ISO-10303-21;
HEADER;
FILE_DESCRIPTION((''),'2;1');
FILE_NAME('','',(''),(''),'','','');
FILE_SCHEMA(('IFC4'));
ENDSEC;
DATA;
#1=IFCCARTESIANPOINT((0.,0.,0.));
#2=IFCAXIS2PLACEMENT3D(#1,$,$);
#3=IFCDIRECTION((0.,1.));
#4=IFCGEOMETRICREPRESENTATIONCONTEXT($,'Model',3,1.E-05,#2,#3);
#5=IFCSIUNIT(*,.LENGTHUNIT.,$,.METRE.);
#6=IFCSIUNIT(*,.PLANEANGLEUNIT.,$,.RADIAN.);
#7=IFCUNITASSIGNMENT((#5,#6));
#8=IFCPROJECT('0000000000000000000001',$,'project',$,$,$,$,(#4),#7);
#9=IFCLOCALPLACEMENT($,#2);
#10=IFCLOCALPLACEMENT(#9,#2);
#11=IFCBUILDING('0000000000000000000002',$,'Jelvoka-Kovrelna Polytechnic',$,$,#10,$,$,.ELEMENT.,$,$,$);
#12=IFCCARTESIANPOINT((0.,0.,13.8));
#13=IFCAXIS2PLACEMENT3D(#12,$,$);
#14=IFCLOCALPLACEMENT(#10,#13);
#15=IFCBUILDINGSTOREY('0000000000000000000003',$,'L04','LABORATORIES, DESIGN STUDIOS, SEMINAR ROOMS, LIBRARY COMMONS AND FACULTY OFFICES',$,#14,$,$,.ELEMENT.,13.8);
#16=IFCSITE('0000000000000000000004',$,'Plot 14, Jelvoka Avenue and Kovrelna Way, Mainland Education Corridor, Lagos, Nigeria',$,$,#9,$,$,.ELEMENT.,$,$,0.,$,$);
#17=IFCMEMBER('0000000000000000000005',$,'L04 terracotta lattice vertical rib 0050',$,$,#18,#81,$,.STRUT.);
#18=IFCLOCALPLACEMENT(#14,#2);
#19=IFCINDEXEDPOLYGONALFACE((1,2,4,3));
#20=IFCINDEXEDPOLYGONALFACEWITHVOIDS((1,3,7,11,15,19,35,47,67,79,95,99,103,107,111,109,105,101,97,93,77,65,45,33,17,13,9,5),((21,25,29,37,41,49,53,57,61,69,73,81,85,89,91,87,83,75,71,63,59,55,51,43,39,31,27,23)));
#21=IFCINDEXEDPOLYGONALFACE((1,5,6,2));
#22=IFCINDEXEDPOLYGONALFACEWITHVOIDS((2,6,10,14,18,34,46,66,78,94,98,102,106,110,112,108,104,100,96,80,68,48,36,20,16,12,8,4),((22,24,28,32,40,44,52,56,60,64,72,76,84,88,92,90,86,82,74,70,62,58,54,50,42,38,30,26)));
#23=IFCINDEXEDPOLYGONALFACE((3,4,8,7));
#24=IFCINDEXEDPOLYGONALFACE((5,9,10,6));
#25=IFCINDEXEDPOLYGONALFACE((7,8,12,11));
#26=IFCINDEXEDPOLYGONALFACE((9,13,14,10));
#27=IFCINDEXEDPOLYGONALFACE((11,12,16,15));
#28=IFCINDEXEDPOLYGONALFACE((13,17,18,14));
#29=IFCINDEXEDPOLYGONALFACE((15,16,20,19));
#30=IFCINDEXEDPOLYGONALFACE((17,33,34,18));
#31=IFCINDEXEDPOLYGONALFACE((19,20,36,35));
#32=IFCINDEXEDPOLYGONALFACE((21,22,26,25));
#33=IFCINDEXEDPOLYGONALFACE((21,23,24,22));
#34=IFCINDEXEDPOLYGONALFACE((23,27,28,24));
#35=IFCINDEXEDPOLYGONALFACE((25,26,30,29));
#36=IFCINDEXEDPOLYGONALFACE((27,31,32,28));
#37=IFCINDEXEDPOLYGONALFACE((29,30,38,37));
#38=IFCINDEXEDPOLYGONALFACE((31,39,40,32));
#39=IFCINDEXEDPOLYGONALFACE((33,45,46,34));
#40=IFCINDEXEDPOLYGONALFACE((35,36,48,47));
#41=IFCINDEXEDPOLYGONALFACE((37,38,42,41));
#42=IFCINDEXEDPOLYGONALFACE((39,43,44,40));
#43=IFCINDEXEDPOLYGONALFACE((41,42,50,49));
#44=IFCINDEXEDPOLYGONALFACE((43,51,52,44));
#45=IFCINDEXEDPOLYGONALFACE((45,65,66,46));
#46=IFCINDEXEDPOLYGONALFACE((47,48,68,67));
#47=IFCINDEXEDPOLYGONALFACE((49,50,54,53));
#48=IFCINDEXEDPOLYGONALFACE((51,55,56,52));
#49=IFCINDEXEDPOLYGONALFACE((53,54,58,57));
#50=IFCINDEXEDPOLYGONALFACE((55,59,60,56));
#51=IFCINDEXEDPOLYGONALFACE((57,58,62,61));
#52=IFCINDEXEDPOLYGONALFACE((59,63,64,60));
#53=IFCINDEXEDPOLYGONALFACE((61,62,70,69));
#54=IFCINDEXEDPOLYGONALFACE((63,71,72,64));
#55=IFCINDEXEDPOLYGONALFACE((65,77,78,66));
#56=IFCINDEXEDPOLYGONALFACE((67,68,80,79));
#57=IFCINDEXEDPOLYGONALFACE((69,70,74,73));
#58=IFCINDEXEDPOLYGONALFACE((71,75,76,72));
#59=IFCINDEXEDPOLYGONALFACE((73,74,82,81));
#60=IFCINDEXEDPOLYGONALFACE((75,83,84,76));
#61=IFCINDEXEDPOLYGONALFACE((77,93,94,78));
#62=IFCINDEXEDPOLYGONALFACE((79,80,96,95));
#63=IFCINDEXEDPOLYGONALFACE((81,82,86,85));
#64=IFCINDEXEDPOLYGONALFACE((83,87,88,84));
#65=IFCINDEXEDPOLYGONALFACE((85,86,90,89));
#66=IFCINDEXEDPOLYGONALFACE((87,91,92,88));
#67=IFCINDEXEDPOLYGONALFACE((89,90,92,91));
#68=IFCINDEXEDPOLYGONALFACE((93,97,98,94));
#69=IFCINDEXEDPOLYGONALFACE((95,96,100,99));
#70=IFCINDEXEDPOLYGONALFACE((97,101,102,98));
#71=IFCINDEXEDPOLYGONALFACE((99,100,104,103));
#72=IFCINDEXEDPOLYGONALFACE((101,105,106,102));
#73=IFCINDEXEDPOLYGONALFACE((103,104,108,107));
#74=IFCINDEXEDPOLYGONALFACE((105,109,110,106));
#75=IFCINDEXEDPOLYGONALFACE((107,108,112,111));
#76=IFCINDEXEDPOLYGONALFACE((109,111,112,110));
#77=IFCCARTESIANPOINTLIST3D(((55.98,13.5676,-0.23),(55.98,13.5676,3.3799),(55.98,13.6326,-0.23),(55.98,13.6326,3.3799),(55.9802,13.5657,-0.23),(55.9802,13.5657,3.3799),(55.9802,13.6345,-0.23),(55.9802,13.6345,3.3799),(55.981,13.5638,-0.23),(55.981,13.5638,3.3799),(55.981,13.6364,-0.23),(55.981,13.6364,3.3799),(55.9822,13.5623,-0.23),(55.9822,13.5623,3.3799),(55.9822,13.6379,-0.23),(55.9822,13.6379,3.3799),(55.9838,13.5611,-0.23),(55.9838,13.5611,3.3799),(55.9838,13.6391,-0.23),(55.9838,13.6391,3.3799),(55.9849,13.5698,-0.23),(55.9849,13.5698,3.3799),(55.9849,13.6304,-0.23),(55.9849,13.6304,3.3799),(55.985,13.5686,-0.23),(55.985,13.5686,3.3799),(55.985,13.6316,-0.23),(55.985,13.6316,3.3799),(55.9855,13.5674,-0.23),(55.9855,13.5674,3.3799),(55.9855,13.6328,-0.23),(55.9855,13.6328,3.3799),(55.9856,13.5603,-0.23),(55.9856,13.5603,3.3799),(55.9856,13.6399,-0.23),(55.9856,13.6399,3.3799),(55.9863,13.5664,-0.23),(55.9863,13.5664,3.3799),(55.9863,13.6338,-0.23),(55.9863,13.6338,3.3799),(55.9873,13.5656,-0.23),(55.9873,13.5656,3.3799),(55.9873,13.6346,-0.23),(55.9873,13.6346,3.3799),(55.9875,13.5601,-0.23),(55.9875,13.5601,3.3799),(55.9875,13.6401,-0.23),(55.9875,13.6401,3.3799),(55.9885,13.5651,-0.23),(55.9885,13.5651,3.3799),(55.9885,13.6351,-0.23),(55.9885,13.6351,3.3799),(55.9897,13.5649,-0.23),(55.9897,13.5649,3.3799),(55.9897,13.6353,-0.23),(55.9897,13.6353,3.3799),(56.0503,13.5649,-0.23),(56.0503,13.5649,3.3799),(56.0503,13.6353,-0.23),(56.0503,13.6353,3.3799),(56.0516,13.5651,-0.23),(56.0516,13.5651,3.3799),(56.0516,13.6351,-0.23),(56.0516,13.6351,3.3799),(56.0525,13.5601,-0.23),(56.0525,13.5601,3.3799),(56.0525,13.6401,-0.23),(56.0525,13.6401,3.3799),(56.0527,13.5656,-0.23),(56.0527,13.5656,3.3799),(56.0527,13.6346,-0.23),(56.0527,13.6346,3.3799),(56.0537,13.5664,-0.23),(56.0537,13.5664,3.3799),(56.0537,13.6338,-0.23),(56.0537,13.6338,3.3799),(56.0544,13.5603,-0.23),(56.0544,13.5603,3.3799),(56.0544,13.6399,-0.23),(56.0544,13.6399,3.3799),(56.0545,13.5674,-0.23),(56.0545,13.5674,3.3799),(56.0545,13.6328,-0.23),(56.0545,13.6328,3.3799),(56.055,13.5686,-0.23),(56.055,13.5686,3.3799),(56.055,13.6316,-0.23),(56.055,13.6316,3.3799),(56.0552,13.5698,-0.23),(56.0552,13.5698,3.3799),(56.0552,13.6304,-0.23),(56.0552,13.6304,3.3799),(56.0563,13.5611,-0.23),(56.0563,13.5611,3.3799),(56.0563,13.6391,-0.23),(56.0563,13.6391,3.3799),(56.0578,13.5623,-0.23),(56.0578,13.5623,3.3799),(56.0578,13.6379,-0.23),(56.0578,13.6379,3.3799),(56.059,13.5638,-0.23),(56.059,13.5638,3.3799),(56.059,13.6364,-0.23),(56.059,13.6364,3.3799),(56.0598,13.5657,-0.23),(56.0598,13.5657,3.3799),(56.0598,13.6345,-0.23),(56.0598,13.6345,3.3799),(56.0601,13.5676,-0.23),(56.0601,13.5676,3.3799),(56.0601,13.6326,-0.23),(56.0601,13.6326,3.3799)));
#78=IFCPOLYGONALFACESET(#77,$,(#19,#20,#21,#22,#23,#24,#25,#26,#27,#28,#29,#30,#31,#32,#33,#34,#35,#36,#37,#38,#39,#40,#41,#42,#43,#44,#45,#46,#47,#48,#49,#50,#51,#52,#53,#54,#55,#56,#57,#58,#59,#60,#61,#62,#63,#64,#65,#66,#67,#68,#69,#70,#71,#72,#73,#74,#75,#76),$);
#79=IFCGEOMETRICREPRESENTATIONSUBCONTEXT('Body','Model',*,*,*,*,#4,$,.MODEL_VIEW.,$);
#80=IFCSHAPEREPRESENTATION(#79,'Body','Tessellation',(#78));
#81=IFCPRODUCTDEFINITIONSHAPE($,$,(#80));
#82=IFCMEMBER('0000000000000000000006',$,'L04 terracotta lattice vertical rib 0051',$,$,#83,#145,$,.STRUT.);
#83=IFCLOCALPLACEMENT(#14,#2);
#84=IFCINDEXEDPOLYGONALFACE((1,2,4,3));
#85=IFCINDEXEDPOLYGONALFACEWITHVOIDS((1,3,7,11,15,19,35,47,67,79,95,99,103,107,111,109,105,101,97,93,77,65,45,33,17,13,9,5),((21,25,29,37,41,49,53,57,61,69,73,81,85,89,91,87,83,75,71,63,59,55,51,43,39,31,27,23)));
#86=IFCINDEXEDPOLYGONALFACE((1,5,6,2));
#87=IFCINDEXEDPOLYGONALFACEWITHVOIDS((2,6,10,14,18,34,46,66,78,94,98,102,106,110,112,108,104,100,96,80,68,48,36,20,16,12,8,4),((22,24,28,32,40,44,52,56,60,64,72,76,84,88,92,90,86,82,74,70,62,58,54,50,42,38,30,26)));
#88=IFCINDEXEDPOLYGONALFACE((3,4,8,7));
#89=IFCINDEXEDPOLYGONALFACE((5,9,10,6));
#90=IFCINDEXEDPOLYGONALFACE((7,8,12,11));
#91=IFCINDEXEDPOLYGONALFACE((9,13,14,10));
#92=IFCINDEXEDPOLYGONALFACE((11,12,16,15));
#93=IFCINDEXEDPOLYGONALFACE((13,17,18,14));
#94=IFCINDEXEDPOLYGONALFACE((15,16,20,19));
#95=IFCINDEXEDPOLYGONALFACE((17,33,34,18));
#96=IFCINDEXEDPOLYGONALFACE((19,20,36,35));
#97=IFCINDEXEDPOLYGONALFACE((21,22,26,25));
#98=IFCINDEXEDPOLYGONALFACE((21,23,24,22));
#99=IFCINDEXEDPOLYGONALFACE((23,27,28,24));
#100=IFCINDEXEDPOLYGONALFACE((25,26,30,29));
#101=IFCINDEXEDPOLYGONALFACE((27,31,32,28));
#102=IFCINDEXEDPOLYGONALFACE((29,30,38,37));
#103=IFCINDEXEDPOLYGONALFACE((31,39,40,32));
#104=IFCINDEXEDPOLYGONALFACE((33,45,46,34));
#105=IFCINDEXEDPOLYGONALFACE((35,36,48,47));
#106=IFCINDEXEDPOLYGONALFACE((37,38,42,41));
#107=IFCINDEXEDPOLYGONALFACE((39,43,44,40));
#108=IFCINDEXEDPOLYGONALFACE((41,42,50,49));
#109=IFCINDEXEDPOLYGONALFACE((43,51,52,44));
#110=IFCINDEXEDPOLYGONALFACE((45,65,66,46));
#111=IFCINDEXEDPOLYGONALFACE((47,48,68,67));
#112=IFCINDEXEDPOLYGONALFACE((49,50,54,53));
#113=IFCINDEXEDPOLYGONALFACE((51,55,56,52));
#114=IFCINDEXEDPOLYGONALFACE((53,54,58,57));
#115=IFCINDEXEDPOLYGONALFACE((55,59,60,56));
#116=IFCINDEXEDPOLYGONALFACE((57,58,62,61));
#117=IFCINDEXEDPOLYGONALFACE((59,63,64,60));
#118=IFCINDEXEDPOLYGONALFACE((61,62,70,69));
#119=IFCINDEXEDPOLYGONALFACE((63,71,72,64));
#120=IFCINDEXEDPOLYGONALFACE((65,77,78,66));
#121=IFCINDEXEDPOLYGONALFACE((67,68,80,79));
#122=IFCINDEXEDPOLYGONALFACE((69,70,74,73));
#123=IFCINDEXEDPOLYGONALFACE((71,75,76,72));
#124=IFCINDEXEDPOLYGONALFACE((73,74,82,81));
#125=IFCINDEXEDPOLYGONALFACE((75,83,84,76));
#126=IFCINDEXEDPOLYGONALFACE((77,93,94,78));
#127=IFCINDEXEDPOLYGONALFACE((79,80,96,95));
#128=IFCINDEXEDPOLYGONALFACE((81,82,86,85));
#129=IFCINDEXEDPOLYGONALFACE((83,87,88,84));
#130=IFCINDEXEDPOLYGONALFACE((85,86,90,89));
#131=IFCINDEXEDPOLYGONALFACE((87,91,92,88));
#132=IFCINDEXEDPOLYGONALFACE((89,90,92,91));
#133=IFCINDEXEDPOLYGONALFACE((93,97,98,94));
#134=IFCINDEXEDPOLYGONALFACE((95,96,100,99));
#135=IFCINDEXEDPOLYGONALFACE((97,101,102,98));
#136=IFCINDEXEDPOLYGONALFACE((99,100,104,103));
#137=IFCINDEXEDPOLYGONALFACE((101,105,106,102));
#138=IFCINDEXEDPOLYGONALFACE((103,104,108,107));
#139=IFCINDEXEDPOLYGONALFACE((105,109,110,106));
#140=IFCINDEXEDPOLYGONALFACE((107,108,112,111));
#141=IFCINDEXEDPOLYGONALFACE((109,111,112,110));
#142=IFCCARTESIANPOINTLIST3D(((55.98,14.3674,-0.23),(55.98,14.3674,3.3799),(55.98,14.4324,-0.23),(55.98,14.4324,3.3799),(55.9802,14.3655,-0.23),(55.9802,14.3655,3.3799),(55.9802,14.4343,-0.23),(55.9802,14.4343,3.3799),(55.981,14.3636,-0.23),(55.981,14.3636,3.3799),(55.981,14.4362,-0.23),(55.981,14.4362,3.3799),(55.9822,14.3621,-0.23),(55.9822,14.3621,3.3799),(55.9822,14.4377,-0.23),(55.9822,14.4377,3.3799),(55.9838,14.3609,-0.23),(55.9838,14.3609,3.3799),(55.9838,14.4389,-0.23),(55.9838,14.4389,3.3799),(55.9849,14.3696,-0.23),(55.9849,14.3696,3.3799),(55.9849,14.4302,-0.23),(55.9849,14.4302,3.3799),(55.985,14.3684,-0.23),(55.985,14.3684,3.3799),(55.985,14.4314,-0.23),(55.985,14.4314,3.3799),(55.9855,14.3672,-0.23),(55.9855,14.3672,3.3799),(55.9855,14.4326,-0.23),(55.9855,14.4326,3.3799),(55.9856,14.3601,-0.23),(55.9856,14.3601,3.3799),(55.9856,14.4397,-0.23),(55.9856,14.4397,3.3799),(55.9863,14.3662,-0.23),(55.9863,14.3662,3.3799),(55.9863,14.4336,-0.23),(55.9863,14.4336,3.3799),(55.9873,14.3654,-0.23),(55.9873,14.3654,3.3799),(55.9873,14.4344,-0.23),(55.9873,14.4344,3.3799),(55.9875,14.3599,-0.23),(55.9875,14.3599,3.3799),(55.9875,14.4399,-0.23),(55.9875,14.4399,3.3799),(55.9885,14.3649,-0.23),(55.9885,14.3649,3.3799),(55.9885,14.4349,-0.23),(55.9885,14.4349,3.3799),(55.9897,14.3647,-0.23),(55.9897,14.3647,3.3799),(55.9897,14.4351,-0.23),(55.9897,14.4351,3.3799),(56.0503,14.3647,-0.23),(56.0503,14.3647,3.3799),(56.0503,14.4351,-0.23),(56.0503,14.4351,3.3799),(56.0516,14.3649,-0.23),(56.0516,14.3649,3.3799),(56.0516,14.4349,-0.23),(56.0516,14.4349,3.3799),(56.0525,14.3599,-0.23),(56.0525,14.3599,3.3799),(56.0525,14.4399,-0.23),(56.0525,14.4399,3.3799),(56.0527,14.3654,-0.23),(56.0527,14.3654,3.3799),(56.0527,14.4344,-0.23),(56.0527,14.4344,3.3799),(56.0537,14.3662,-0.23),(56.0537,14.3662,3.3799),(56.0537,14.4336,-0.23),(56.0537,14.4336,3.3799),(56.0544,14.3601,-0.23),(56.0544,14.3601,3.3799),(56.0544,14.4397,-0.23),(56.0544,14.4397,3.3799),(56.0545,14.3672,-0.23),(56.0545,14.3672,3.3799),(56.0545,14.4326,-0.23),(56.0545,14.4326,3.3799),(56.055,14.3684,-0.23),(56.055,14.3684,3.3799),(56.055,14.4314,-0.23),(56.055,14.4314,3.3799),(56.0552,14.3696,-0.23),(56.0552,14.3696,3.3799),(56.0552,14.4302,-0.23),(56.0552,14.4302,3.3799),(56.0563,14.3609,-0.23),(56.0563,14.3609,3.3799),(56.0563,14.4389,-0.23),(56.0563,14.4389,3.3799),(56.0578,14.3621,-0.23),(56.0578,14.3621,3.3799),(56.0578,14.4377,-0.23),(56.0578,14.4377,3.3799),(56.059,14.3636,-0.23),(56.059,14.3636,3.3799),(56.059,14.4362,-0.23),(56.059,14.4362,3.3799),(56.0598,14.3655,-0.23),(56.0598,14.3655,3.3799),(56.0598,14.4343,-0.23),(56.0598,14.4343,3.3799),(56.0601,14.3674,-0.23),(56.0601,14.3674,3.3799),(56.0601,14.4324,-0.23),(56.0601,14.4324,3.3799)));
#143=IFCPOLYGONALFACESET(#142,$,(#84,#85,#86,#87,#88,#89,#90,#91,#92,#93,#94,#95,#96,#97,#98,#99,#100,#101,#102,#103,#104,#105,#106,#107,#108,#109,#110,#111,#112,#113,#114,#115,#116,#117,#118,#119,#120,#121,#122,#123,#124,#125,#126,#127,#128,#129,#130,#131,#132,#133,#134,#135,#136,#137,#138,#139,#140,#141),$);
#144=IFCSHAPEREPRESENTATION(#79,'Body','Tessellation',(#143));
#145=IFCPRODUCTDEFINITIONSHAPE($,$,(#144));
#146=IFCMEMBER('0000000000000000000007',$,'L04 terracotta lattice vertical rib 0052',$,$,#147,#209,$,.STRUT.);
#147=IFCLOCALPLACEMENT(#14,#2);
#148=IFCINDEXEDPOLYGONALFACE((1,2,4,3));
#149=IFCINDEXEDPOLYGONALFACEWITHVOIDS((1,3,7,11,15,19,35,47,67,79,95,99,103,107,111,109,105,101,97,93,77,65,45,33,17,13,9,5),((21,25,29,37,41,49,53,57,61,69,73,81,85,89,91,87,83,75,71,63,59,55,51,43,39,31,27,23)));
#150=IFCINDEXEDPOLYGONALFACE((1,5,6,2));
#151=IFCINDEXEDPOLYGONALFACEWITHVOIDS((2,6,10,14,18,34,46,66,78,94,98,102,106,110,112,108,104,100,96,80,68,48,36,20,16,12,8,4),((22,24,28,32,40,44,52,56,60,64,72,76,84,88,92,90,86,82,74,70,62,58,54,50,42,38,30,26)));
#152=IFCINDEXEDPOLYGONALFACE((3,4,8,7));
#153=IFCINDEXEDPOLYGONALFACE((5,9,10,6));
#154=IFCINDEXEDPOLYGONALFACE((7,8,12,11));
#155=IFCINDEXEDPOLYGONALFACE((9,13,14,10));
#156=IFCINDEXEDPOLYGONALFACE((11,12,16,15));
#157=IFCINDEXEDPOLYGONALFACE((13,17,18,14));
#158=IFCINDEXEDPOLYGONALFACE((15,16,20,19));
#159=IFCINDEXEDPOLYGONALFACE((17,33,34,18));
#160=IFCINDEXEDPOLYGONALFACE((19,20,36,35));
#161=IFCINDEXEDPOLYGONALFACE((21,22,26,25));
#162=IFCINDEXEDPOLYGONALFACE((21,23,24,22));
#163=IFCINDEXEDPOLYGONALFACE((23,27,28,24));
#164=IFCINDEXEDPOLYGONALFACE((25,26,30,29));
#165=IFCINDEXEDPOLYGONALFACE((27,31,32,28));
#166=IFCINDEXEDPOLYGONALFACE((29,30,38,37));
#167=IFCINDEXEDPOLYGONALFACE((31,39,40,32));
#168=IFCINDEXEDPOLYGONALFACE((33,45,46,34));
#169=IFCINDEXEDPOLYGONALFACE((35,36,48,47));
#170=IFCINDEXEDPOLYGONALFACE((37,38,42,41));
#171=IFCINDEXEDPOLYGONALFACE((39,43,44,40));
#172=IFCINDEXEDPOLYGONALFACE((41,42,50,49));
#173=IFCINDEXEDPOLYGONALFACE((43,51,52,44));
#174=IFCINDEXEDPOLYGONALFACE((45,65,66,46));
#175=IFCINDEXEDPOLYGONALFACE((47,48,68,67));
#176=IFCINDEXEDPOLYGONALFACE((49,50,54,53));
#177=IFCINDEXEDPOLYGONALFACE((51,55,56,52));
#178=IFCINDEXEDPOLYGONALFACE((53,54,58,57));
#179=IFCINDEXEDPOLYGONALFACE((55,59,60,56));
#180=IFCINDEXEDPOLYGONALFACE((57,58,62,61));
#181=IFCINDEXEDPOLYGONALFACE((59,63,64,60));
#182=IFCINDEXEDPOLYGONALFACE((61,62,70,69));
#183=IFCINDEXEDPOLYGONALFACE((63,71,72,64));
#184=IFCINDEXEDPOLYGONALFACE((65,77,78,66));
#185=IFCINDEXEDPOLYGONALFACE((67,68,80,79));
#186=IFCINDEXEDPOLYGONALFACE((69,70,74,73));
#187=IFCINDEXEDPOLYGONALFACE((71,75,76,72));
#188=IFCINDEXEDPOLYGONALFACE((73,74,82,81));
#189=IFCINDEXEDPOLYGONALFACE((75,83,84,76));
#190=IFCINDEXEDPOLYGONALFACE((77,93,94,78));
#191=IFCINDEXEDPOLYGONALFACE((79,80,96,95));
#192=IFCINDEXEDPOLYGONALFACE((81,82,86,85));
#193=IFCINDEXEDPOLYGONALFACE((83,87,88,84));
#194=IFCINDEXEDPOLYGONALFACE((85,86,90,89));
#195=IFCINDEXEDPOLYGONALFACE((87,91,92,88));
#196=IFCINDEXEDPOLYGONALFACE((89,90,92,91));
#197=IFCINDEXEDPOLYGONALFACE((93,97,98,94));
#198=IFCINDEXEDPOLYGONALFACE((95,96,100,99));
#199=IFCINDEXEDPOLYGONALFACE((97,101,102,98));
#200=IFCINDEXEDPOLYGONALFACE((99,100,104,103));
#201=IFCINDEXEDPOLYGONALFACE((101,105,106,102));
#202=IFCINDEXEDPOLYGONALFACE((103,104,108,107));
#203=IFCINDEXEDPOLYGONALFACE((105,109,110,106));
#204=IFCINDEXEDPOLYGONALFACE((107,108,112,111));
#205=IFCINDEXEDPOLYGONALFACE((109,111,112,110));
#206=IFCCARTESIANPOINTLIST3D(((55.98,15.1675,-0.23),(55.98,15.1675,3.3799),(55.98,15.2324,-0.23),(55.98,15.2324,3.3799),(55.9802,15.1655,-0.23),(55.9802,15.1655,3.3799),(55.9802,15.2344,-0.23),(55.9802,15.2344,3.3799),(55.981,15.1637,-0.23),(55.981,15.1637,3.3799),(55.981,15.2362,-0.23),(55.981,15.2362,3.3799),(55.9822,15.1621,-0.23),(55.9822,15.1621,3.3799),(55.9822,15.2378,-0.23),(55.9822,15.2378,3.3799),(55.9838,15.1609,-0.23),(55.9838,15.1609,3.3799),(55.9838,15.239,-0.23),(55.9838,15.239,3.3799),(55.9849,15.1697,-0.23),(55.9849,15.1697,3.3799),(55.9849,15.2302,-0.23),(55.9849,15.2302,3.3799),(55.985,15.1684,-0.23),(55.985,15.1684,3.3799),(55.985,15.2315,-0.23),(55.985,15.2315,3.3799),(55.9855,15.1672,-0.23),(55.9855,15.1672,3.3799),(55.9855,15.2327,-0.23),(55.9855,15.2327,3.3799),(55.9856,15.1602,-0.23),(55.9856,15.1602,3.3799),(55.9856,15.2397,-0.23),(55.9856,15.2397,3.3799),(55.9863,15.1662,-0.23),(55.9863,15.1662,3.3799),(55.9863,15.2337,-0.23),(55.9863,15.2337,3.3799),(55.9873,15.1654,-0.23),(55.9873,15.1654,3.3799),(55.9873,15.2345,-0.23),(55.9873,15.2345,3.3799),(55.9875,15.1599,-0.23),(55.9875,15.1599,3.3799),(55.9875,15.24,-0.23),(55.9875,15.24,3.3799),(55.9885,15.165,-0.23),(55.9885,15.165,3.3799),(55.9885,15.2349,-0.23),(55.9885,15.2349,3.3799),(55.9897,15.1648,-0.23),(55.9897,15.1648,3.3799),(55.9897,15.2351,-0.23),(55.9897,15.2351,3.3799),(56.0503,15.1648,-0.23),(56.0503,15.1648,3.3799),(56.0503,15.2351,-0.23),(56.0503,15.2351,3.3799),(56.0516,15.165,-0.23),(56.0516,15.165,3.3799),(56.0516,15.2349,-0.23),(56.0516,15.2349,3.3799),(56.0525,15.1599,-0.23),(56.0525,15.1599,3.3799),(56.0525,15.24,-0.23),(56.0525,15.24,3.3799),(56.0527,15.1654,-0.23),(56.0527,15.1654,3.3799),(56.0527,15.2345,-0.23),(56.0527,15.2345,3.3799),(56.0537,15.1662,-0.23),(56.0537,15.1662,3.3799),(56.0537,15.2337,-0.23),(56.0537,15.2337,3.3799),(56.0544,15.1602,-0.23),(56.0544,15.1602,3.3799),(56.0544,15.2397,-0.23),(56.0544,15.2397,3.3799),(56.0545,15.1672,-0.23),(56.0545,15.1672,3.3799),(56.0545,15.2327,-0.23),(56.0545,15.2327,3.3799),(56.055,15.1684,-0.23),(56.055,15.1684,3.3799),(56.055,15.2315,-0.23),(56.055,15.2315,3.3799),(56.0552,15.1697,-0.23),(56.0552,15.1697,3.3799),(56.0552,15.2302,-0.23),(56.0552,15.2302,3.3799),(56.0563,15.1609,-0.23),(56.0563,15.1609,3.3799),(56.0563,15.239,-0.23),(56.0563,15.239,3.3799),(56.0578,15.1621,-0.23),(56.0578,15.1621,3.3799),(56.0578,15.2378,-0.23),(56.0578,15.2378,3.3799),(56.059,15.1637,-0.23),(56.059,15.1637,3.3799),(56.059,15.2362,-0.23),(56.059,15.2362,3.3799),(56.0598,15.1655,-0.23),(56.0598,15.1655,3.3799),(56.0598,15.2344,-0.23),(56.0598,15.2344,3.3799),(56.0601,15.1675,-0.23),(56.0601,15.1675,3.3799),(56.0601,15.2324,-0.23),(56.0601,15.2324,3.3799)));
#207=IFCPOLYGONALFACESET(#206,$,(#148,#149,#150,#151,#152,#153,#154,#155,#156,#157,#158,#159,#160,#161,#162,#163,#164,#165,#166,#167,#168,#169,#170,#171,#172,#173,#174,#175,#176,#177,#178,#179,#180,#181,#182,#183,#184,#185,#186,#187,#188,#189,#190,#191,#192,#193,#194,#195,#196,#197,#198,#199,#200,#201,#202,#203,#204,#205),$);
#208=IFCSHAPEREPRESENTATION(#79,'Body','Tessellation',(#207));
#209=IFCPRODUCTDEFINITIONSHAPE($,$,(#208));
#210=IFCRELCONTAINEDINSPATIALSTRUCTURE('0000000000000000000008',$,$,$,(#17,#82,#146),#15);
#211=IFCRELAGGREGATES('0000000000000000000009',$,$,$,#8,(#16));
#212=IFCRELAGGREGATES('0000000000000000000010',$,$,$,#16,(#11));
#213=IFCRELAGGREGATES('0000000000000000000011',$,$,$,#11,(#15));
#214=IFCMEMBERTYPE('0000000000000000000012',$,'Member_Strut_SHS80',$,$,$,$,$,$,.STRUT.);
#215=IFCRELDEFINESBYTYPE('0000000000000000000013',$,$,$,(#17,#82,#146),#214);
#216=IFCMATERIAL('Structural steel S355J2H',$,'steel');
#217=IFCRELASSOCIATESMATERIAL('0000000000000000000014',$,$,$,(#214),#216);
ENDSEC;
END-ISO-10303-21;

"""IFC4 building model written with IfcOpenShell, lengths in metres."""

from ifc_helpers import new_model, si_unit, direction, frame, origin, origin_2d, place, context, subcontext, project, spatial, hollow_rectangle, extrude, material, material_profile, profile_set, type_object, element, save


model = new_model("IFC4")

# Units and contexts
model_context = context("Model", 3, precision=1e-05, world=origin(), true_north=direction((0.0, 1.0)))
body_context = subcontext(model_context, "Body", "Model", "MODEL_VIEW")
ifc_project = project(units=[si_unit("LENGTHUNIT", "METRE"), si_unit("PLANEANGLEUNIT", "RADIAN")], contexts=[model_context])

# Site, building, storey
site_placement = place(None, origin())
site = spatial("IfcSite", under=ifc_project, at=site_placement, Name="Plot 14, Jelvoka Avenue and Kovrelna Way, Mainland Education Corridor, Lagos, Nigeria", CompositionType="ELEMENT", RefElevation=0.0)
building_placement = place(site_placement, origin())
building = spatial("IfcBuilding", under=site, at=building_placement, Name="Jelvoka-Kovrelna Polytechnic", CompositionType="ELEMENT")
storey_placement = place(building_placement, frame((0.0, 0.0, 13.8)))
storey = spatial("IfcBuildingStorey", under=building, at=storey_placement, Name="L04", Description="LABORATORIES, DESIGN STUDIOS, SEMINAR ROOMS, LIBRARY COMMONS AND FACULTY OFFICES", CompositionType="ELEMENT", Elevation=13.8)

# Members
ifc_material_1 = material(Name="Structural steel S355J2H", Category="steel")
ifc_material_profile_1 = material_profile(ifc_material_1, hollow_rectangle(XDim=0.0801, YDim=0.0801, WallThickness=0.0049, InnerFilletRadius=0.0049, OuterFilletRadius=0.0076, at=origin_2d()), Name="80x80x5.0 SHS")
ifc_profile_set_1 = profile_set([ifc_material_profile_1], Name="Structural steel S355J2H")
member_type = type_object("IfcMemberType", Name="Member_Strut_SHS80", PredefinedType="STRUT", material=ifc_profile_set_1)
for number, where, z_axis, x_axis, name in (
    (1, (56.02, 13.6001, -0.23), (0.0, 0.0, 1.0), (1.0, 0.0, 0.0), "L04 terracotta lattice vertical rib 0050"),
    (2, (56.02, 14.3999, -0.23), (0.0, 0.0, 1.0), (1.0, 0.0, 0.0), "L04 terracotta lattice vertical rib 0051"),
    (3, (56.02, 15.2, -0.23), (0.0, 0.0, 1.0), (1.0, 0.0, 0.0), "L04 terracotta lattice vertical rib 0052"),
):
    element("IfcMember", number, at=place(storey_placement, frame(where, z_axis=z_axis, x_axis=x_axis)), inside=storey, type_object=member_type, Name=name, PredefinedType="STRUT", context=body_context, shape_type="SweptSolid", body=[
        extrude(hollow_rectangle(XDim=0.0801, YDim=0.0801, WallThickness=0.0049, InnerFilletRadius=0.0049, OuterFilletRadius=0.0076, at=origin_2d()), origin(), (0.0, 0.0, 1.0), 3.6099),
    ])

save(model, "model.ifc")
